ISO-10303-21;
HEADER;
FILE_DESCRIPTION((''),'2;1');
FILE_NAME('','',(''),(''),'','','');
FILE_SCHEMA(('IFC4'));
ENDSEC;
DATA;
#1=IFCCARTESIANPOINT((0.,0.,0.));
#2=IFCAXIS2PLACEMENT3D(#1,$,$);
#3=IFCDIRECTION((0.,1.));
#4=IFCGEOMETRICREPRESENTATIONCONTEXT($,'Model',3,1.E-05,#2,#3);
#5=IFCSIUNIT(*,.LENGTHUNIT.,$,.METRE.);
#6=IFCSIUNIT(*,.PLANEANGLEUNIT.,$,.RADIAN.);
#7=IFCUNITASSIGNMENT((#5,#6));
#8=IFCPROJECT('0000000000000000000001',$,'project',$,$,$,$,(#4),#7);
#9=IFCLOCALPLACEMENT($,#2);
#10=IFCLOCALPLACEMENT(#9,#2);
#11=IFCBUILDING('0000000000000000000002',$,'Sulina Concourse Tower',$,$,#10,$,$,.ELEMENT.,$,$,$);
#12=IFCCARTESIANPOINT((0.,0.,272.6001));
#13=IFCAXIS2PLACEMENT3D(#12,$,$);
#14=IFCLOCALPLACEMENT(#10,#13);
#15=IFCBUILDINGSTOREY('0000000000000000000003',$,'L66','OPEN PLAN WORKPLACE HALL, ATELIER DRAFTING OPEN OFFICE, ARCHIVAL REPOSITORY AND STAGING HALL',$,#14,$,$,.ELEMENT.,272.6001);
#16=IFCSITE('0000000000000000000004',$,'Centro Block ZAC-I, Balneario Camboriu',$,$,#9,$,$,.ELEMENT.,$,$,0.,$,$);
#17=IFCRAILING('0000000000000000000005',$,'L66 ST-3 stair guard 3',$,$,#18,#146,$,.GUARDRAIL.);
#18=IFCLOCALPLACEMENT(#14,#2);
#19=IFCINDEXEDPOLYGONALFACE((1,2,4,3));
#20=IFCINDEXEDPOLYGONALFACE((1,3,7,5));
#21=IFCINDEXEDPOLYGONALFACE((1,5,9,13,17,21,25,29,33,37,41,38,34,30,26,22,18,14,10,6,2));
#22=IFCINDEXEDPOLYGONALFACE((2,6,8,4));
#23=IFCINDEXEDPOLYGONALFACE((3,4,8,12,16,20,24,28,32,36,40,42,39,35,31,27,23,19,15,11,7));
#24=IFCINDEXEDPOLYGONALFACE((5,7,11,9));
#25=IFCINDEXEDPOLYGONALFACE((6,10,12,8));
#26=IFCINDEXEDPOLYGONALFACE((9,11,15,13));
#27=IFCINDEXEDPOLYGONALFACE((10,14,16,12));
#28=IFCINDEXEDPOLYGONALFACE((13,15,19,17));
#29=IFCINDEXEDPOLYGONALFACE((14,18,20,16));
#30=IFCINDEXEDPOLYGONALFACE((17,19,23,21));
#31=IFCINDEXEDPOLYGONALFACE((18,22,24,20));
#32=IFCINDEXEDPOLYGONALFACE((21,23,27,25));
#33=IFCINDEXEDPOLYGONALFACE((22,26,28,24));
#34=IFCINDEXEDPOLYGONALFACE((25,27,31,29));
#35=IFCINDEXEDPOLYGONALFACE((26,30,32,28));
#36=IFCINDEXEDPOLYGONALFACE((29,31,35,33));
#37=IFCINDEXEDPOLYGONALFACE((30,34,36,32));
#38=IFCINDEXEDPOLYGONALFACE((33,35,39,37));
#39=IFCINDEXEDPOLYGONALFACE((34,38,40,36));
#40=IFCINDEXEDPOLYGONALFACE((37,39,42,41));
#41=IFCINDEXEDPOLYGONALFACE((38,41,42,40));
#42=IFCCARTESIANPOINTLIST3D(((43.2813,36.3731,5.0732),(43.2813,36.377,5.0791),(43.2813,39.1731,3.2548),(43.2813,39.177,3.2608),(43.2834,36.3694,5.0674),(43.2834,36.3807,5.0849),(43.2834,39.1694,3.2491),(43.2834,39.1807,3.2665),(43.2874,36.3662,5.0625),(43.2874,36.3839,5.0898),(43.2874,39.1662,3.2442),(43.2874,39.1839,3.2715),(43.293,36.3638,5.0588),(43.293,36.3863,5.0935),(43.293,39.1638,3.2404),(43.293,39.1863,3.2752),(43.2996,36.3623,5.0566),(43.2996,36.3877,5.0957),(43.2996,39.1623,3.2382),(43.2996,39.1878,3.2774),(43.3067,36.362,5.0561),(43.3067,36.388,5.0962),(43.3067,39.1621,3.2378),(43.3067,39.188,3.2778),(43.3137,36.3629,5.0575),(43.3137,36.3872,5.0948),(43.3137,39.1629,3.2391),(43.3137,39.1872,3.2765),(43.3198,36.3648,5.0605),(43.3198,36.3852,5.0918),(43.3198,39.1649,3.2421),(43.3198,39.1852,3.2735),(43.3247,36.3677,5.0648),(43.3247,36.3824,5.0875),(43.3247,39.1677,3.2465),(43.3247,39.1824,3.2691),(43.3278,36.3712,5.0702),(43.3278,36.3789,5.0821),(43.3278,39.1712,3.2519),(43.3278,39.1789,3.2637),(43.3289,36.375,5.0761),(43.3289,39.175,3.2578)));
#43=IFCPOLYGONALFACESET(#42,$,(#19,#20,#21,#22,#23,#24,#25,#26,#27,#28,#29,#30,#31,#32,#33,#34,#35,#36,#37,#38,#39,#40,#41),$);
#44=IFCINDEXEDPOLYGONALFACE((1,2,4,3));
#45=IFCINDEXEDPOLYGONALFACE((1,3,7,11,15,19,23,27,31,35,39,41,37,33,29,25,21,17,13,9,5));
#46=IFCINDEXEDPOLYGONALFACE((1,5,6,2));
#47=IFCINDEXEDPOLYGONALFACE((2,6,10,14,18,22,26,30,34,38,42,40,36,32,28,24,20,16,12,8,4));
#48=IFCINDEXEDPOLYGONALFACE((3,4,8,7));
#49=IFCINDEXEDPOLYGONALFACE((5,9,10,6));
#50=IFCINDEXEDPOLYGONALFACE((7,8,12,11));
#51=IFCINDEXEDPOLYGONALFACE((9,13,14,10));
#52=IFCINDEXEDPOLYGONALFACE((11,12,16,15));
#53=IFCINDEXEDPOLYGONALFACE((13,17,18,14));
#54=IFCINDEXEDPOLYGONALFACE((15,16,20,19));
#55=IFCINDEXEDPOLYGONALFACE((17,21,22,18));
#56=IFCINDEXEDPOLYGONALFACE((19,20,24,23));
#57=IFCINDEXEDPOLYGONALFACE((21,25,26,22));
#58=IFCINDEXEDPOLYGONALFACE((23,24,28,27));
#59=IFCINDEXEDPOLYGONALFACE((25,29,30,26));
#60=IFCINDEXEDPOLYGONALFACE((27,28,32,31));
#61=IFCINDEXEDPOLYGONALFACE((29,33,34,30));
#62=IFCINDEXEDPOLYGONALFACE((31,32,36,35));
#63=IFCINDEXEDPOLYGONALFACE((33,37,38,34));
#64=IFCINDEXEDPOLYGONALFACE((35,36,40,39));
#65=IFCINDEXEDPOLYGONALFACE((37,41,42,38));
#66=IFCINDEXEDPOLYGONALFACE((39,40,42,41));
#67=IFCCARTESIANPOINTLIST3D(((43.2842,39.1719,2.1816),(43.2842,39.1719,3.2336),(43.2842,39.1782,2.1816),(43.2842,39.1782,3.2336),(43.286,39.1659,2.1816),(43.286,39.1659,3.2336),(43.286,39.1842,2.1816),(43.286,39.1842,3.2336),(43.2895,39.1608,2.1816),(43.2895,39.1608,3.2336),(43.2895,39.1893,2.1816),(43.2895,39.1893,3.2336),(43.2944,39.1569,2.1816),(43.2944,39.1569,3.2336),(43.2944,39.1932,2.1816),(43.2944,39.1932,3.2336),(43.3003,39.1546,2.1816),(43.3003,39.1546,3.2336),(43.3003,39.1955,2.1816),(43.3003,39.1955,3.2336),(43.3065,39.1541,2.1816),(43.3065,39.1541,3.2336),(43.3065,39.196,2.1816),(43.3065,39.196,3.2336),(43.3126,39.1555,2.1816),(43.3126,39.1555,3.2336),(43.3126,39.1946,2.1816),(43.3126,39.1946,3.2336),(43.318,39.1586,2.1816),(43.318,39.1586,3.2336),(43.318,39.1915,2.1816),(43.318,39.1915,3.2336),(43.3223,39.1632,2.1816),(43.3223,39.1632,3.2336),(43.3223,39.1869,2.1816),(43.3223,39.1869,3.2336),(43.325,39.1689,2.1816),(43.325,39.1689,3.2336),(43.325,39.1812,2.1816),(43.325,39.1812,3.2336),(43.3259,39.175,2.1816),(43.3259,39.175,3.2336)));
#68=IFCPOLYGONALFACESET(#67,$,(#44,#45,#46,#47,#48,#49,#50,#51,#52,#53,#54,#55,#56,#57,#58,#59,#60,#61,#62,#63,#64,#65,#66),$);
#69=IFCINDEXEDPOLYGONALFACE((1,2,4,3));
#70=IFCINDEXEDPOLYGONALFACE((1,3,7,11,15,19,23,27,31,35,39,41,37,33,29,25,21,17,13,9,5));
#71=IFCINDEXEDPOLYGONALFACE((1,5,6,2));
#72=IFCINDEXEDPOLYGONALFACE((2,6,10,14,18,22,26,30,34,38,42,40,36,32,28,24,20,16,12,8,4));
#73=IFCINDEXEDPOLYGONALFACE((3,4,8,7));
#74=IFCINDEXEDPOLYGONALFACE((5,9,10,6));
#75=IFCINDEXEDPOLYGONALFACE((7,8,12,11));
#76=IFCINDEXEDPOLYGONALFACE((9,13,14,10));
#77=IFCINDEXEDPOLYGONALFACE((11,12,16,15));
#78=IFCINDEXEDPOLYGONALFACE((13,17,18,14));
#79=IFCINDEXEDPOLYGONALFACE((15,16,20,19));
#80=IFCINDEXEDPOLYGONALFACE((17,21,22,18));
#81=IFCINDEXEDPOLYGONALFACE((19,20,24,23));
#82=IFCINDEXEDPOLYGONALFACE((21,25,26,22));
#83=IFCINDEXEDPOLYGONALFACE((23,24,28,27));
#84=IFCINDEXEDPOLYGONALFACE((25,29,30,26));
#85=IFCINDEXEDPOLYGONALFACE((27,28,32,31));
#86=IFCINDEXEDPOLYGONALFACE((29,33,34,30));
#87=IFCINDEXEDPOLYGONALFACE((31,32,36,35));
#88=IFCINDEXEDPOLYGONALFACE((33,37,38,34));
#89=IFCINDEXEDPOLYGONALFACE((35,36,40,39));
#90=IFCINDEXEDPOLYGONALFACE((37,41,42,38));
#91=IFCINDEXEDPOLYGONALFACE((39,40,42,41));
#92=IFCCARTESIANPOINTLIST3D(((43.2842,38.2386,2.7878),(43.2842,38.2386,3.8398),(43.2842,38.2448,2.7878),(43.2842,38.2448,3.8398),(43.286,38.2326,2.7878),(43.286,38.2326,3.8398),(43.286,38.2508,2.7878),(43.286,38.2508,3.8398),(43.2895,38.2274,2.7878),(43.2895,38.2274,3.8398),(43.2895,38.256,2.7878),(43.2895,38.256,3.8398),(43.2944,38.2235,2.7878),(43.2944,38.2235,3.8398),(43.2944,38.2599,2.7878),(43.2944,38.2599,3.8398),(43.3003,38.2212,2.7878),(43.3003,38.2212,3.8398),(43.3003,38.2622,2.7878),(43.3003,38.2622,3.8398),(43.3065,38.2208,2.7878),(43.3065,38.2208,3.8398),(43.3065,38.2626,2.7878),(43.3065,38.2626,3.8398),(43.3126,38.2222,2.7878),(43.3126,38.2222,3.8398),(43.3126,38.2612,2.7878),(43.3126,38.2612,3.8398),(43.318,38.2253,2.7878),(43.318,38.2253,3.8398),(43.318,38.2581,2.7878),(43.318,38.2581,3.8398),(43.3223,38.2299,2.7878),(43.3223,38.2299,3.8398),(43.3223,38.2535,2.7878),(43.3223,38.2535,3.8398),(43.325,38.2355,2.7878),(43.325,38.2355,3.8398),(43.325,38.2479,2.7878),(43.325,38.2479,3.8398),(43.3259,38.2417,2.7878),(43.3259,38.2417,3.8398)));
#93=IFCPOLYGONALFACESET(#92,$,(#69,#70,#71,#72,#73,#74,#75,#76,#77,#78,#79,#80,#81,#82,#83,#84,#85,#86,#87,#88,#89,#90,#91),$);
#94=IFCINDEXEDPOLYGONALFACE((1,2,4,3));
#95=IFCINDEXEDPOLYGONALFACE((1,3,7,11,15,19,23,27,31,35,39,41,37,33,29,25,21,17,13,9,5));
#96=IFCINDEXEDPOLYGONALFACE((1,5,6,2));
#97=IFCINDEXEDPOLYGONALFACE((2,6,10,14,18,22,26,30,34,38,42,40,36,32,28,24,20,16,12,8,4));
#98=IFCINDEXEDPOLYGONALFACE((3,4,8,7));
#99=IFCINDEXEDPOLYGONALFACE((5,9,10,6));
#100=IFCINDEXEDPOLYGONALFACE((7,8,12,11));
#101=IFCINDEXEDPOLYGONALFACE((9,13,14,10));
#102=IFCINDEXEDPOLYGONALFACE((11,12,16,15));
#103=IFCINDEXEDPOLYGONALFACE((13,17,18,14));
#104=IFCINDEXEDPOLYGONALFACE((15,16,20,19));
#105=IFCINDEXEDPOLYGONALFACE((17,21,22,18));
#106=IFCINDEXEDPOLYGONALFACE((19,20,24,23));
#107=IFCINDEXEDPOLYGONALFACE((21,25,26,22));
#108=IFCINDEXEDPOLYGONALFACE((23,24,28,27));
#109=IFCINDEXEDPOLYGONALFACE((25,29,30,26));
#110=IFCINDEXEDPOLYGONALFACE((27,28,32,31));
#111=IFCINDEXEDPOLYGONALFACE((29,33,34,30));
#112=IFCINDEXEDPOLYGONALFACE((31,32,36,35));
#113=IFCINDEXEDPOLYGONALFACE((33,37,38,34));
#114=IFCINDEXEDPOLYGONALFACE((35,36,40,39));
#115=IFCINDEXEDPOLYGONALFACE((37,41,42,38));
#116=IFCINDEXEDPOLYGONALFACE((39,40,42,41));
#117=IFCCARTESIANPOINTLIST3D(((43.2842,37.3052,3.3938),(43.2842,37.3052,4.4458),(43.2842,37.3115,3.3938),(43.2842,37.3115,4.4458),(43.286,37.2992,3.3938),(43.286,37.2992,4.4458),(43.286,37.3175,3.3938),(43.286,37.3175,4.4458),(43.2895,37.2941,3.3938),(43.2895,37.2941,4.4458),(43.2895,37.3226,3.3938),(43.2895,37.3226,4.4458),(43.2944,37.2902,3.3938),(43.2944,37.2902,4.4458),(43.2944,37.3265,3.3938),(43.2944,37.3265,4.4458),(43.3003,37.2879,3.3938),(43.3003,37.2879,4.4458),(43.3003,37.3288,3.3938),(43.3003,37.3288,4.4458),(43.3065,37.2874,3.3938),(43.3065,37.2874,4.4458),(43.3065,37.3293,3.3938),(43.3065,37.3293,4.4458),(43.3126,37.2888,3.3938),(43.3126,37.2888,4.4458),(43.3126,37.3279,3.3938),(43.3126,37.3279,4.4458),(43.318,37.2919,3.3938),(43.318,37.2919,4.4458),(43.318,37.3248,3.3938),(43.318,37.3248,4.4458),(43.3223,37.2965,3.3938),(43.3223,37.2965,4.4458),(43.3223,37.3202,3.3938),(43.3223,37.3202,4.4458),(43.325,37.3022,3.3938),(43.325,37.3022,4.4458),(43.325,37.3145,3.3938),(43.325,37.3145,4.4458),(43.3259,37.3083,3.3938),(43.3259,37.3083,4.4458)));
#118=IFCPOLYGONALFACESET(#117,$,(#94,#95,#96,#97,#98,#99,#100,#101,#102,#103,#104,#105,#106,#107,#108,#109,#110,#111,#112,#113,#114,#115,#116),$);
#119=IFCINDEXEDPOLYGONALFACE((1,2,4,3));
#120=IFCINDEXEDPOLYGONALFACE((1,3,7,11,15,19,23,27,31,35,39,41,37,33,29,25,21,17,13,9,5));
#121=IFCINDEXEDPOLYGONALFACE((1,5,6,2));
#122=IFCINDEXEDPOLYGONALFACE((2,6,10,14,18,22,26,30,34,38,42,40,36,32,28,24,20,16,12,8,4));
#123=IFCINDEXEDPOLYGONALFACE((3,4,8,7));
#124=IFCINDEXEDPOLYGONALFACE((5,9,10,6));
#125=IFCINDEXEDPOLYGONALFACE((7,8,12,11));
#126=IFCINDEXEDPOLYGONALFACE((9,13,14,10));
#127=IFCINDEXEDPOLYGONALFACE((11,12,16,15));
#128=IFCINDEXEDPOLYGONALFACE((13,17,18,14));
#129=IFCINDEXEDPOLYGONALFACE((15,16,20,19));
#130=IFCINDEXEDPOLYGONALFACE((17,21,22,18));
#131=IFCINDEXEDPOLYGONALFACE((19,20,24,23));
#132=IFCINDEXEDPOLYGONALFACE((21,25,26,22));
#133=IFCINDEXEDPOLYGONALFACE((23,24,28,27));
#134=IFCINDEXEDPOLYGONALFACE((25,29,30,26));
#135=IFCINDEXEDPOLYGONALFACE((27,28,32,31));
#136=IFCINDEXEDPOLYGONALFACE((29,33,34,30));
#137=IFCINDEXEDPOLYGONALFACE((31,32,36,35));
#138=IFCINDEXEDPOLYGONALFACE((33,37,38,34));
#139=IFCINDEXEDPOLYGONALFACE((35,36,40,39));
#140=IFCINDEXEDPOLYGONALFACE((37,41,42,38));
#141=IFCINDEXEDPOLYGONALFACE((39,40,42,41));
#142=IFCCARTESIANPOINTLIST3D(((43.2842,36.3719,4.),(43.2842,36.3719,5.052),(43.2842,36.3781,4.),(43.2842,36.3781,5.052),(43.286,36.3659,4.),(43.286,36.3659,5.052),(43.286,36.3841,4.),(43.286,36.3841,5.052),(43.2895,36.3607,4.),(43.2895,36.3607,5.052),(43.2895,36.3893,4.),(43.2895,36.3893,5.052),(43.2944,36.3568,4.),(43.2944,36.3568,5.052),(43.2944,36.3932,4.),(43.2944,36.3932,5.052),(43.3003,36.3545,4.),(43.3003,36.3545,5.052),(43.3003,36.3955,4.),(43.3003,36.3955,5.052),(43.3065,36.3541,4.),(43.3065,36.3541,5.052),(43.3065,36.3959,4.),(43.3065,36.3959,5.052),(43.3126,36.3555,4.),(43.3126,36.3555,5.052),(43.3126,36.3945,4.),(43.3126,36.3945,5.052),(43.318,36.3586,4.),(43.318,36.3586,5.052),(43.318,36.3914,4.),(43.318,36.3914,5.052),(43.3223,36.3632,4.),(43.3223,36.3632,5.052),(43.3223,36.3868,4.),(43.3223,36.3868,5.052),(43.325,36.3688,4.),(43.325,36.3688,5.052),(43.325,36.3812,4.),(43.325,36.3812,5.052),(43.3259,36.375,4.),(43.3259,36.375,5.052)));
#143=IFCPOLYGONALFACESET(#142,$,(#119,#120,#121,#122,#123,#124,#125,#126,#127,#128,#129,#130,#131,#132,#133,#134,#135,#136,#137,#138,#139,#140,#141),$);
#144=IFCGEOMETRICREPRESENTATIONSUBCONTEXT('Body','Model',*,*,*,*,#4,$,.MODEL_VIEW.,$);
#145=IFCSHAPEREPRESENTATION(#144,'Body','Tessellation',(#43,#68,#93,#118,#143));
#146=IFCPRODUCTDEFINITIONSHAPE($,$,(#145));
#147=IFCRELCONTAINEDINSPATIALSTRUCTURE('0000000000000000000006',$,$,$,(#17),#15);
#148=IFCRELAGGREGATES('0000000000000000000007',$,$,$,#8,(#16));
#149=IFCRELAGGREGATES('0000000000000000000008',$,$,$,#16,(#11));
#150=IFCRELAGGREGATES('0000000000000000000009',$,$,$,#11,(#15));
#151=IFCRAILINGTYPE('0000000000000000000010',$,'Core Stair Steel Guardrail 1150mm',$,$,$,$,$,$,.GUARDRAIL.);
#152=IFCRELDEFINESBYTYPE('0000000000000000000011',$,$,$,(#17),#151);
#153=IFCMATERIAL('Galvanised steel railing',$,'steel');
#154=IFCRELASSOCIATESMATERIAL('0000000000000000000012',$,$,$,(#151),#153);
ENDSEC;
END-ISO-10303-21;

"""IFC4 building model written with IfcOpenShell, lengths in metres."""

from ifc_helpers import new_model, si_unit, direction, frame, origin, origin_2d, place, context, subcontext, project, spatial, circle, extrude, material, type_object, element, save


model = new_model("IFC4")

# Units and contexts
model_context = context("Model", 3, precision=1e-05, world=origin(), true_north=direction((0.0, 1.0)))
body_context = subcontext(model_context, "Body", "Model", "MODEL_VIEW")
ifc_project = project(units=[si_unit("LENGTHUNIT", "METRE"), si_unit("PLANEANGLEUNIT", "RADIAN")], contexts=[model_context])

# Site, building, storey
site_placement = place(None, origin())
site = spatial("IfcSite", under=ifc_project, at=site_placement, Name="Centro Block ZAC-I, Balneario Camboriu", CompositionType="ELEMENT", RefElevation=0.0)
building_placement = place(site_placement, origin())
building = spatial("IfcBuilding", under=site, at=building_placement, Name="Sulina Concourse Tower", CompositionType="ELEMENT")
storey_placement = place(building_placement, frame((0.0, 0.0, 272.6001)))
storey = spatial("IfcBuildingStorey", under=building, at=storey_placement, Name="L66", Description="OPEN PLAN WORKPLACE HALL, ATELIER DRAFTING OPEN OFFICE, ARCHIVAL REPOSITORY AND STAGING HALL", CompositionType="ELEMENT", Elevation=272.6001)

# Railing
ifc_material_1 = material(Name="Galvanised steel railing", Category="steel")
railing_type_1 = type_object("IfcRailingType", Name="Core Stair Steel Guardrail 1150mm", PredefinedType="GUARDRAIL", material=ifc_material_1)
railing_1_placement = place(storey_placement, frame((43.3049, 39.175, 2.1816)))
element("IfcRailing", 1, at=railing_1_placement, inside=storey, type_object=railing_type_1, Name="L66 ST-3 stair guard 3", PredefinedType="GUARDRAIL", context=body_context, shape_type="SweptSolid", body=[
    extrude(circle(Radius=0.0239, at=origin_2d()), frame((0.0, 0.0, 1.0762), z_axis=(0.0, -0.838672, 0.544636), x_axis=(1.0, 0.0, 0.0)), (0.0, 0.0, 1.0), 3.3386),
    extrude(circle(Radius=0.021, at=origin_2d()), origin(), (0.0, 0.0, 1.0), 1.052),
    extrude(circle(Radius=0.021, at=origin_2d()), frame((0.0, -0.9333, 0.6062)), (0.0, 0.0, 1.0), 1.052),
    extrude(circle(Radius=0.021, at=origin_2d()), frame((0.0, -1.8667, 1.2122)), (0.0, 0.0, 1.0), 1.052),
    extrude(circle(Radius=0.021, at=origin_2d()), frame((0.0, -2.8, 1.8184)), (0.0, 0.0, 1.0), 1.052),
])

save(model, "model.ifc")
